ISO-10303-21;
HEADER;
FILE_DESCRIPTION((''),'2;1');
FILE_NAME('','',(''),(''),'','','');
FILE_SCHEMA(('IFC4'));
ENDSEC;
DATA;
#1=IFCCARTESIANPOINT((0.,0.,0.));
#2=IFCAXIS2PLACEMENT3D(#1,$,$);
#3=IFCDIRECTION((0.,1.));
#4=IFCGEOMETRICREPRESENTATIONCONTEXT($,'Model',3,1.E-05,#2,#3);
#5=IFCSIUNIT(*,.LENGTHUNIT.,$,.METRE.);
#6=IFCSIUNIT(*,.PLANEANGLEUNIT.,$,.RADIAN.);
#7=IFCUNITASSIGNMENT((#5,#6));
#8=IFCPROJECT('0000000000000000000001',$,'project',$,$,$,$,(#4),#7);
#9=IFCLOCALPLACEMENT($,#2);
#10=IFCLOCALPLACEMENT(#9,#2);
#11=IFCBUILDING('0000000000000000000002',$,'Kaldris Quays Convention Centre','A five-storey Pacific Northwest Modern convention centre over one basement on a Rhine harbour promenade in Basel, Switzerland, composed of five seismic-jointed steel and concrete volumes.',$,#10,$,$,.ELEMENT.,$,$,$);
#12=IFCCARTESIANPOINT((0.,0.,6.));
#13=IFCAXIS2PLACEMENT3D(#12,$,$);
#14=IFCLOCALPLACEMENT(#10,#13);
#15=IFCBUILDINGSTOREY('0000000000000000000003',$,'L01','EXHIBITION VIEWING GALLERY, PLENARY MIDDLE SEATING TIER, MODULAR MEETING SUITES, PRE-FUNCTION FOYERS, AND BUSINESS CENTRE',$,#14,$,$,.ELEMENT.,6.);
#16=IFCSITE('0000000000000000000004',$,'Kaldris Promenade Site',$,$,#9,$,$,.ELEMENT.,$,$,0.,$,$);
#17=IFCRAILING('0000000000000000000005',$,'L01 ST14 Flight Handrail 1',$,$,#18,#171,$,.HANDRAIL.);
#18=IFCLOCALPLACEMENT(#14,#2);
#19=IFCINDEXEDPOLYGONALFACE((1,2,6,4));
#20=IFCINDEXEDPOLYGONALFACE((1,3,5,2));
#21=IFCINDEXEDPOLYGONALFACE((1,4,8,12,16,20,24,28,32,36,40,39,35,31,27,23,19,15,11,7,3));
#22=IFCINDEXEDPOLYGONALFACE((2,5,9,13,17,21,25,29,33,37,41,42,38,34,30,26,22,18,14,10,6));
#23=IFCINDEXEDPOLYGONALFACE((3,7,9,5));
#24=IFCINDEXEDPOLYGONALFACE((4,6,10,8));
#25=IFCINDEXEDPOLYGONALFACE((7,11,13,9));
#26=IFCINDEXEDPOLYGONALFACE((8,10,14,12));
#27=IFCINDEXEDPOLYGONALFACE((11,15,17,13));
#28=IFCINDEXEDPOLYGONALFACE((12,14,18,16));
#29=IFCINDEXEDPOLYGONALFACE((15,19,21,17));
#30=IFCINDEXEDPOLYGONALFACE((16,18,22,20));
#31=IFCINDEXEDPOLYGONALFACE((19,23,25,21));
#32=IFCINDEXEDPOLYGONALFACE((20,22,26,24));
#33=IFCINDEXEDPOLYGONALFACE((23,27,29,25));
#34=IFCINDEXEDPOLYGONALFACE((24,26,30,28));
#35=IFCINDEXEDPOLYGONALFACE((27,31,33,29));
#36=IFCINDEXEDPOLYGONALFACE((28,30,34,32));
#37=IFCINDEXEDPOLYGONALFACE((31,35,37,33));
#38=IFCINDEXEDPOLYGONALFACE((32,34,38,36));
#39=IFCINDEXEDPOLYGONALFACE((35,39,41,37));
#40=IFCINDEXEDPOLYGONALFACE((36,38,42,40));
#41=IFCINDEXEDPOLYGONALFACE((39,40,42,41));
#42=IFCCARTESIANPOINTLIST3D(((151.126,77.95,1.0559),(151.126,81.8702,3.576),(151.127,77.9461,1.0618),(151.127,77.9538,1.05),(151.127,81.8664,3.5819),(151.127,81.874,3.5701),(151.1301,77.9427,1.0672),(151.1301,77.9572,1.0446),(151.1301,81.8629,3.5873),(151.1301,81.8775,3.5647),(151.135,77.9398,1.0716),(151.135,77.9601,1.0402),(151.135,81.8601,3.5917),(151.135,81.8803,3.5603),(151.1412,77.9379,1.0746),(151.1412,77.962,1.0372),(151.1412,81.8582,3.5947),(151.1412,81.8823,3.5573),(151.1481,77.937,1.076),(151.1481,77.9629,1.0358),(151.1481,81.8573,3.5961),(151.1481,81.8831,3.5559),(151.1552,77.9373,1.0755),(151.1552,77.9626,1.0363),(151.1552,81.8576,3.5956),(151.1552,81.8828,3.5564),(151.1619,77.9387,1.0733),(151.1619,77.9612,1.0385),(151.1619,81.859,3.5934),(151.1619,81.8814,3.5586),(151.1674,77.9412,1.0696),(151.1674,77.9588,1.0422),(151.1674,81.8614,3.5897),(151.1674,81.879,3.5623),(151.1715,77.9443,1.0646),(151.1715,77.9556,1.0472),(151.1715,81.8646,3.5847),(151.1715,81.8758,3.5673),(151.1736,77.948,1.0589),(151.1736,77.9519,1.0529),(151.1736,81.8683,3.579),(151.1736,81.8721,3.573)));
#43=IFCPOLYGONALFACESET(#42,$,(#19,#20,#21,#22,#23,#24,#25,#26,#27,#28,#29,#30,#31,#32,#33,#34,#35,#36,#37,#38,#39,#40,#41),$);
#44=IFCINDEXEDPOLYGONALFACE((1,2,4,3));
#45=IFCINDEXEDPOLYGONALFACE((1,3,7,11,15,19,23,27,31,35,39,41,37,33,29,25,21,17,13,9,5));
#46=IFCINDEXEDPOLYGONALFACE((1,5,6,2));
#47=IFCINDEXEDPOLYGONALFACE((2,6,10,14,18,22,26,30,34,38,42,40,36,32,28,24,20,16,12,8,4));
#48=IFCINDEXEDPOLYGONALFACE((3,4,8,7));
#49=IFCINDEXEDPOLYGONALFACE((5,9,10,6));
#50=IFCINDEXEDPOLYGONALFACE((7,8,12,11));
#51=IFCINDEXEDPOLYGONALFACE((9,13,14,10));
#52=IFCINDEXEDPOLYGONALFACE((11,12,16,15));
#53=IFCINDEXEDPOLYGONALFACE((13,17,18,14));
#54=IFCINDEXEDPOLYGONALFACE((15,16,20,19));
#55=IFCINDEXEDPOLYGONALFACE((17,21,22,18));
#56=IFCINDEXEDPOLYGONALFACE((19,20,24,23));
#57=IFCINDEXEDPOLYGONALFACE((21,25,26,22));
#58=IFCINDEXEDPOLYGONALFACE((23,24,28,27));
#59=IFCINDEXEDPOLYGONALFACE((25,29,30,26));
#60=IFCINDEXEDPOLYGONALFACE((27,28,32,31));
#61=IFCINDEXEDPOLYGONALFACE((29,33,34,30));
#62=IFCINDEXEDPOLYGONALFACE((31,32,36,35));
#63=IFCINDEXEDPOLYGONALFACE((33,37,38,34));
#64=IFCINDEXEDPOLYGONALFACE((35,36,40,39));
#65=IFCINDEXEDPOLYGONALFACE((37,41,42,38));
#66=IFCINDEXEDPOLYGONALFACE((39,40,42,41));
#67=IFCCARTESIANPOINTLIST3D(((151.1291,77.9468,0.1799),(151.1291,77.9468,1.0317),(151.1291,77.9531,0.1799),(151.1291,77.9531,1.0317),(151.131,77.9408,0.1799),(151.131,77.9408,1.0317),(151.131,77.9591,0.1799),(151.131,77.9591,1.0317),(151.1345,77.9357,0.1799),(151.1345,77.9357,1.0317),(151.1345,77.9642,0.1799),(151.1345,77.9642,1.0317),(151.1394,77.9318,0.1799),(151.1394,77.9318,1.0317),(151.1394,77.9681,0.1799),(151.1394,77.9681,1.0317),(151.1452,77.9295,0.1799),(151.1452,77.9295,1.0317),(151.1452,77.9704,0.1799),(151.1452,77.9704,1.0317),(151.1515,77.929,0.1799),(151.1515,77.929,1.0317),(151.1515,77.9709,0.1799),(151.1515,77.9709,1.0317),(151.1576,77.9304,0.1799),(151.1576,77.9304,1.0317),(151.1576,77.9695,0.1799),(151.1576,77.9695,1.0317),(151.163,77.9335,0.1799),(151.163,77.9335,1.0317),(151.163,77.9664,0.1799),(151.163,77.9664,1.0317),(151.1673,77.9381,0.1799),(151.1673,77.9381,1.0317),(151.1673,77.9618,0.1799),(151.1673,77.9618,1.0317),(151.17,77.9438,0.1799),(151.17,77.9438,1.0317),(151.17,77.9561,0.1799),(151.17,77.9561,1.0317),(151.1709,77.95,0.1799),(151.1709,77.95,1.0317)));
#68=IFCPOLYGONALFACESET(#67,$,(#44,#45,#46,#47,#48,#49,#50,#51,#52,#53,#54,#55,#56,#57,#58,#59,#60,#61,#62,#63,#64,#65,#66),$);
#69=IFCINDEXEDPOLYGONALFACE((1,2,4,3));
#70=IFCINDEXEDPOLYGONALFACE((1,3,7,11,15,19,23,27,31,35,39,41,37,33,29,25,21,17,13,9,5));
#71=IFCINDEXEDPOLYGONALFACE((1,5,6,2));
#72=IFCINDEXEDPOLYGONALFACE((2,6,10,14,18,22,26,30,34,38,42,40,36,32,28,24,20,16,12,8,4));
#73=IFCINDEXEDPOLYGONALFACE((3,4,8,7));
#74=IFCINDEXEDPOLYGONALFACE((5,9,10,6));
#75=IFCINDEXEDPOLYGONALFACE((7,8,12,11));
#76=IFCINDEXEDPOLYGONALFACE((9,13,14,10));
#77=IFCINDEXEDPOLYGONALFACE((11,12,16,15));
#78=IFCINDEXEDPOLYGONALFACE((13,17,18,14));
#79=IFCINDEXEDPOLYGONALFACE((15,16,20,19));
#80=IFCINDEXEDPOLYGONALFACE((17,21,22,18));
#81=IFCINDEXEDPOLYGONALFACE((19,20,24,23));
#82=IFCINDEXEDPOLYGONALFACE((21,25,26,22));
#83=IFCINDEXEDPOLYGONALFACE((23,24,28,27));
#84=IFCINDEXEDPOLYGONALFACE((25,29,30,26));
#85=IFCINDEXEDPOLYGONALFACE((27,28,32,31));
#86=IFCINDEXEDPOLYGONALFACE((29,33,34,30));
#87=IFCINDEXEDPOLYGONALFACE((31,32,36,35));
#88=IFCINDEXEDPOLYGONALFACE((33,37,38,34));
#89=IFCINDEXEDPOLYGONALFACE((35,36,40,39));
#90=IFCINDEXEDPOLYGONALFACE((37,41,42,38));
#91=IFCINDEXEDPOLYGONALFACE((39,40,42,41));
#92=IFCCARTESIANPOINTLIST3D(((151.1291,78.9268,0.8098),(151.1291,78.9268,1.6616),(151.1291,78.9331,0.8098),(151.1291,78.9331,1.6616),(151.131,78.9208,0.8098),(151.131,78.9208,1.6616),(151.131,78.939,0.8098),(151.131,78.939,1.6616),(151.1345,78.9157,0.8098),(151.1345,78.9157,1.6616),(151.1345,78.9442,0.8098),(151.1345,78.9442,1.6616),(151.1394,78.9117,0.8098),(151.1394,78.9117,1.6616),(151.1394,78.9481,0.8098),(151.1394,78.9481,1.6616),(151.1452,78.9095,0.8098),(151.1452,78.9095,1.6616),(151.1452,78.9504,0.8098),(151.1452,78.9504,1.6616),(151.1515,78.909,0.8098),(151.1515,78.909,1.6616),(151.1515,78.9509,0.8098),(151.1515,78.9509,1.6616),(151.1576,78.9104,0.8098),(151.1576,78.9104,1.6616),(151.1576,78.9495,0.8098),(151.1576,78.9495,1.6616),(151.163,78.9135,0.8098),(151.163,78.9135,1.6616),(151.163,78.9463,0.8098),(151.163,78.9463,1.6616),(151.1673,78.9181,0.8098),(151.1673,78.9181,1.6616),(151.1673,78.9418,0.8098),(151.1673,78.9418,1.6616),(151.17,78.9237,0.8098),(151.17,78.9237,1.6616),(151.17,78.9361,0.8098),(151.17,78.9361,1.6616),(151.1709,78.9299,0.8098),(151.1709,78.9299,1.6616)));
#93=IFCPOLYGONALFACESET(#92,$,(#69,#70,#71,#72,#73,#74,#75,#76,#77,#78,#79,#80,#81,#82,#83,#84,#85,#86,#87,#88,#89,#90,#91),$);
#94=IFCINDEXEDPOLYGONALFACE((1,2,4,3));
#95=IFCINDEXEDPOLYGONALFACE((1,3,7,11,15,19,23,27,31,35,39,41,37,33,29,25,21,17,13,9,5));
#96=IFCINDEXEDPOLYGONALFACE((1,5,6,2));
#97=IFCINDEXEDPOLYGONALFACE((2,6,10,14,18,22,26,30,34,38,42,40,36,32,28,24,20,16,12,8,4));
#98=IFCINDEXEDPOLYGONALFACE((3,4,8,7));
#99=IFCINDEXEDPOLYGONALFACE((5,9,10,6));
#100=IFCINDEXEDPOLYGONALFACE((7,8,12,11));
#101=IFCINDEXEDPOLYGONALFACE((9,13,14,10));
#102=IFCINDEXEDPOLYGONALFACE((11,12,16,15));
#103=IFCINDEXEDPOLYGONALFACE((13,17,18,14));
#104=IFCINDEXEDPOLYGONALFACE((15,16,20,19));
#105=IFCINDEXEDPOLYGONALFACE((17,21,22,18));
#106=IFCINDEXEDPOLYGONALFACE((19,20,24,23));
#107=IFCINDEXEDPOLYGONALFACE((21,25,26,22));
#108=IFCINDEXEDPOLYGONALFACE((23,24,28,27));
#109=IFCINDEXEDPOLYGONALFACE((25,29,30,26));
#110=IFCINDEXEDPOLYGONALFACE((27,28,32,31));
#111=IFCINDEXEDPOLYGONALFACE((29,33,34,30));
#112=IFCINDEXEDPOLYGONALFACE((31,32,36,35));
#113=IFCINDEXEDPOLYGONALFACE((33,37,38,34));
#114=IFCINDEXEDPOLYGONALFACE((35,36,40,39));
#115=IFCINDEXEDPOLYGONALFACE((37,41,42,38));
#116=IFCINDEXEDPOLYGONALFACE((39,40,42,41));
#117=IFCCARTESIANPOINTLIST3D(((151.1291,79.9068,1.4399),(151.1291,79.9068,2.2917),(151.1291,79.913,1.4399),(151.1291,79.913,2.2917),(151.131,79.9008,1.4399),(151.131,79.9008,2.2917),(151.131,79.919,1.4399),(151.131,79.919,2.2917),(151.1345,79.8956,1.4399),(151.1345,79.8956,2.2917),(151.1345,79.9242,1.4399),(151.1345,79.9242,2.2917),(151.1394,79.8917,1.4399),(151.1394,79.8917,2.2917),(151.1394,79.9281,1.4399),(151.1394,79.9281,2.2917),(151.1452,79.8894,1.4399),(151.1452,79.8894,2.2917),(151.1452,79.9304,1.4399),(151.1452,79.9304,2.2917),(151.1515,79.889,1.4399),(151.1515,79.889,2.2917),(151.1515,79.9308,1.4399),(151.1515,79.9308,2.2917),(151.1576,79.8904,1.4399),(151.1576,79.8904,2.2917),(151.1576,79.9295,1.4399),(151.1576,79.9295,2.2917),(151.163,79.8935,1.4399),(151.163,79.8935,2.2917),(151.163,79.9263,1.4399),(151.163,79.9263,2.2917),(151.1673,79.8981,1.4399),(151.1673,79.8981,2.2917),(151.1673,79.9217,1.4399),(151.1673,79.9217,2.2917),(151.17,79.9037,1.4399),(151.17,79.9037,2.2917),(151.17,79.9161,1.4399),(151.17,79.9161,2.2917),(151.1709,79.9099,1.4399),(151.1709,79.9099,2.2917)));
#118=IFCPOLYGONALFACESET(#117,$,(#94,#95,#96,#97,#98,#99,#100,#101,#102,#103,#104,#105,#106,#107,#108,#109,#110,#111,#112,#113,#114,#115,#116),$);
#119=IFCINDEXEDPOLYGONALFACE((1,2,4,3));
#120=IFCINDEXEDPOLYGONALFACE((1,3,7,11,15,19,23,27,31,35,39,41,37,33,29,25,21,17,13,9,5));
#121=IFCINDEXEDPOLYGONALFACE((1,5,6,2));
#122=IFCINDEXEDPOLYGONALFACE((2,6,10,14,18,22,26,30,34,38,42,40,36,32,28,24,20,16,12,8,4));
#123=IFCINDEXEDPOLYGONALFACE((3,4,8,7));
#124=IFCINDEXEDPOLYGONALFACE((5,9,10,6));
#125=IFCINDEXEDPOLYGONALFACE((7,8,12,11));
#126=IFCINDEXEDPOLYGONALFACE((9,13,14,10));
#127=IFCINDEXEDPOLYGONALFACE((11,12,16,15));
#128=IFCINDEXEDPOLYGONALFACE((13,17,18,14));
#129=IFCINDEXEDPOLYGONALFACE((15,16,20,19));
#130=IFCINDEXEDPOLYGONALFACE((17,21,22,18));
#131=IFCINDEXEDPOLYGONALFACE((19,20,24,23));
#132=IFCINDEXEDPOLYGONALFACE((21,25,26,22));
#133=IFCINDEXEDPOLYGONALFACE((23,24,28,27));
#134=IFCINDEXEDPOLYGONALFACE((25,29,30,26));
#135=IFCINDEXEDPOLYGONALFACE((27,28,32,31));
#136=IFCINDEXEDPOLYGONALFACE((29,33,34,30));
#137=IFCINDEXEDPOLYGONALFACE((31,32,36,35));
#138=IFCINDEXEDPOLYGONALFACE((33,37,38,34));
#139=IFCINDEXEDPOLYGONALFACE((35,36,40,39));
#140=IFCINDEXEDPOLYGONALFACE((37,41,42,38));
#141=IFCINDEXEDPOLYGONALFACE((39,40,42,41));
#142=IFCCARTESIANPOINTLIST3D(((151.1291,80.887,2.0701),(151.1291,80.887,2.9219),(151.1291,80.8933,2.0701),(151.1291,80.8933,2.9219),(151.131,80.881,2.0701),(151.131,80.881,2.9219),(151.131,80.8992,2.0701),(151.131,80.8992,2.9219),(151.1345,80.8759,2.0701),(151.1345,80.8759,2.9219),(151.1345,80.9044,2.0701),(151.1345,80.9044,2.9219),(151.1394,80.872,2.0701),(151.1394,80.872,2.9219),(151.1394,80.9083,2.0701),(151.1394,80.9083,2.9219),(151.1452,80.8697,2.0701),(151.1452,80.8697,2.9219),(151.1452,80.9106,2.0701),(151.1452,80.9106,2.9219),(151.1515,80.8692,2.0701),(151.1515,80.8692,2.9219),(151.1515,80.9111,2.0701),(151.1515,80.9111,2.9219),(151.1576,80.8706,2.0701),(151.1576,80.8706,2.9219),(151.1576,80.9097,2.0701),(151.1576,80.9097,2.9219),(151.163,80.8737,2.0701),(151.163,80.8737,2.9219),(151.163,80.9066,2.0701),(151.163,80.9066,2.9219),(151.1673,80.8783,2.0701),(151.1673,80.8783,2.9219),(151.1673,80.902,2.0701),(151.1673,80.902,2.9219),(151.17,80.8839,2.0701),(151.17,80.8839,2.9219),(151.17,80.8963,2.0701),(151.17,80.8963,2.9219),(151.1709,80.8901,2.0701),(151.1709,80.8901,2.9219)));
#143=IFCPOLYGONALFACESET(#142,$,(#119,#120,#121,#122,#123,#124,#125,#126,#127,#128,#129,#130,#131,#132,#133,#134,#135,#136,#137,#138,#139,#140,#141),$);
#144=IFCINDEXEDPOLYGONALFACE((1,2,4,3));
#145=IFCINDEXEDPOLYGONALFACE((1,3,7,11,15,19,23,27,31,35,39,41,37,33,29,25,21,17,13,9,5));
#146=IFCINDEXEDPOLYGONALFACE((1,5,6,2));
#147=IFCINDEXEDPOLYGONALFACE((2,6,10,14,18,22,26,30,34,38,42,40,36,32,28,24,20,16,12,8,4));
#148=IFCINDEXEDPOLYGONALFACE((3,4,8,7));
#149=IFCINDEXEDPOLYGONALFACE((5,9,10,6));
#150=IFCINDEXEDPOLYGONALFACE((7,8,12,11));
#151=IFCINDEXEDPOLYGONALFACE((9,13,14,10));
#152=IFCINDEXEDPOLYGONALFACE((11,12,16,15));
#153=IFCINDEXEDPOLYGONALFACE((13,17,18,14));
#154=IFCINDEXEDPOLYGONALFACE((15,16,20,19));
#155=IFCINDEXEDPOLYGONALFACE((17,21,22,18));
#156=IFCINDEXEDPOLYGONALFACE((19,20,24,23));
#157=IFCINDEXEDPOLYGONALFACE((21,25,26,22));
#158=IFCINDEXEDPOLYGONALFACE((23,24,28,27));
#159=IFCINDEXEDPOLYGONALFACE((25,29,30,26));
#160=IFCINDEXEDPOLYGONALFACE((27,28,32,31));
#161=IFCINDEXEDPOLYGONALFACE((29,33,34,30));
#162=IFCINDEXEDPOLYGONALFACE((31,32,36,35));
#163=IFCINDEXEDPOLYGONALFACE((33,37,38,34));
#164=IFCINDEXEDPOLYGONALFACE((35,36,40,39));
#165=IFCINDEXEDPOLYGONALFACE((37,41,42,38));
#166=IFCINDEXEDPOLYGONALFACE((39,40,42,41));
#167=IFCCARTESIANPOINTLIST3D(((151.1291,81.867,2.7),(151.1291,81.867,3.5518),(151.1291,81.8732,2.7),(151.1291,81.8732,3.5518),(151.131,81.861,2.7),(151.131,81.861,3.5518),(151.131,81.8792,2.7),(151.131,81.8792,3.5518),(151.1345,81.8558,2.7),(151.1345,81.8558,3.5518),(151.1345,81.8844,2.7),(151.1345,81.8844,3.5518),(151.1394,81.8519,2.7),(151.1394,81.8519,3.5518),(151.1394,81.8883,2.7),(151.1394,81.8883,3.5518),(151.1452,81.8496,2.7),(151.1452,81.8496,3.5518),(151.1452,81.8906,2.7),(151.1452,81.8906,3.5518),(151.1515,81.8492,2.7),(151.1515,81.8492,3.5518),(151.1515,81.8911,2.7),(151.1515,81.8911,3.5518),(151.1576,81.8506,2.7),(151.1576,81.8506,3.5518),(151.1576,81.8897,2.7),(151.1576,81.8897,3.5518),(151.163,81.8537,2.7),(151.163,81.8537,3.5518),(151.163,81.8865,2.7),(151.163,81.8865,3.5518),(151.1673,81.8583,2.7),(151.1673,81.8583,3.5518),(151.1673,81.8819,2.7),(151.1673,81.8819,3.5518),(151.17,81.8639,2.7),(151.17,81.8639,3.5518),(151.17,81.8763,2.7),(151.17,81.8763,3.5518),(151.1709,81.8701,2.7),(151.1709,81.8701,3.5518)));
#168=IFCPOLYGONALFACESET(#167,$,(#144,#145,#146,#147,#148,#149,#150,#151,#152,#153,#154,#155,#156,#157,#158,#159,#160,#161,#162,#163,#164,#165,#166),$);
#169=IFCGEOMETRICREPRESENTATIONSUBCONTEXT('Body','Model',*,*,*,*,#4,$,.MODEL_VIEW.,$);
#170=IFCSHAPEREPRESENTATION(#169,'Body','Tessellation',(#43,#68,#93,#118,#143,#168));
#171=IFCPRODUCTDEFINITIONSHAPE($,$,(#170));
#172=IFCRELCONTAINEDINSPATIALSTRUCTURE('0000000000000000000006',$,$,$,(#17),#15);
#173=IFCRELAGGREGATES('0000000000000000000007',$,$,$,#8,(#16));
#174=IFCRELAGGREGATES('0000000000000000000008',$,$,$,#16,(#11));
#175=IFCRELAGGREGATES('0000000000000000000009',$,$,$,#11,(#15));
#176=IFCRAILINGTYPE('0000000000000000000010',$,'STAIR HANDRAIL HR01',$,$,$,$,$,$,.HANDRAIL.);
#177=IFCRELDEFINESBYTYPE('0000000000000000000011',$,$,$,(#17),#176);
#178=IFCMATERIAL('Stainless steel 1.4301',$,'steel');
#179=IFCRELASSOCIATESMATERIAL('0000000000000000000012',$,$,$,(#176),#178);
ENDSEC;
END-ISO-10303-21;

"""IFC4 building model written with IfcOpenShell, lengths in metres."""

from ifc_helpers import new_model, si_unit, direction, frame, origin, origin_2d, place, context, subcontext, project, spatial, circle, extrude, material, type_object, element, save


model = new_model("IFC4")

# Units and contexts
model_context = context("Model", 3, precision=1e-05, world=origin(), true_north=direction((0.0, 1.0)))
body_context = subcontext(model_context, "Body", "Model", "MODEL_VIEW")
ifc_project = project(units=[si_unit("LENGTHUNIT", "METRE"), si_unit("PLANEANGLEUNIT", "RADIAN")], contexts=[model_context])

# Site, building, storey
site_placement = place(None, origin())
site = spatial("IfcSite", under=ifc_project, at=site_placement, Name="Kaldris Promenade Site", CompositionType="ELEMENT", RefElevation=0.0)
building_placement = place(site_placement, origin())
building = spatial("IfcBuilding", under=site, at=building_placement, Name="Kaldris Quays Convention Centre", Description="A five-storey Pacific Northwest Modern convention centre over one basement on a Rhine harbour promenade in Basel, Switzerland, composed of five seismic-jointed steel and concrete volumes.", CompositionType="ELEMENT")
storey_placement = place(building_placement, frame((0.0, 0.0, 6.0)))
storey = spatial("IfcBuildingStorey", under=building, at=storey_placement, Name="L01", Description="EXHIBITION VIEWING GALLERY, PLENARY MIDDLE SEATING TIER, MODULAR MEETING SUITES, PRE-FUNCTION FOYERS, AND BUSINESS CENTRE", CompositionType="ELEMENT", Elevation=6.0)

# Railing
ifc_material_1 = material(Name="Stainless steel 1.4301", Category="steel")
railing_type_1 = type_object("IfcRailingType", Name="STAIR HANDRAIL HR01", PredefinedType="HANDRAIL", material=ifc_material_1)
railing_1_placement = place(storey_placement, frame((151.1499, 77.95, 0.1799)))
element("IfcRailing", 1, at=railing_1_placement, inside=storey, type_object=railing_type_1, Name="L01 ST14 Flight Handrail 1", PredefinedType="HANDRAIL", context=body_context, shape_type="SweptSolid", body=[
    extrude(circle(Radius=0.0239, at=origin_2d()), frame((0.0, 0.0, 0.876), z_axis=(0.0, 0.841187, 0.540744), x_axis=(-1.0, 0.0, 0.0)), (0.0, 0.0, 1.0), 4.6604),
    extrude(circle(Radius=0.021, at=origin_2d()), origin(), (0.0, 0.0, 1.0), 0.8518),
    extrude(circle(Radius=0.021, at=origin_2d()), frame((0.0, 0.98, 0.6299)), (0.0, 0.0, 1.0), 0.8518),
    extrude(circle(Radius=0.021, at=origin_2d()), frame((0.0, 1.96, 1.26)), (0.0, 0.0, 1.0), 0.8518),
    extrude(circle(Radius=0.021, at=origin_2d()), frame((0.0, 2.9402, 1.8901)), (0.0, 0.0, 1.0), 0.8518),
    extrude(circle(Radius=0.021, at=origin_2d()), frame((0.0, 3.9202, 2.52)), (0.0, 0.0, 1.0), 0.8518),
])

save(model, "model.ifc")
